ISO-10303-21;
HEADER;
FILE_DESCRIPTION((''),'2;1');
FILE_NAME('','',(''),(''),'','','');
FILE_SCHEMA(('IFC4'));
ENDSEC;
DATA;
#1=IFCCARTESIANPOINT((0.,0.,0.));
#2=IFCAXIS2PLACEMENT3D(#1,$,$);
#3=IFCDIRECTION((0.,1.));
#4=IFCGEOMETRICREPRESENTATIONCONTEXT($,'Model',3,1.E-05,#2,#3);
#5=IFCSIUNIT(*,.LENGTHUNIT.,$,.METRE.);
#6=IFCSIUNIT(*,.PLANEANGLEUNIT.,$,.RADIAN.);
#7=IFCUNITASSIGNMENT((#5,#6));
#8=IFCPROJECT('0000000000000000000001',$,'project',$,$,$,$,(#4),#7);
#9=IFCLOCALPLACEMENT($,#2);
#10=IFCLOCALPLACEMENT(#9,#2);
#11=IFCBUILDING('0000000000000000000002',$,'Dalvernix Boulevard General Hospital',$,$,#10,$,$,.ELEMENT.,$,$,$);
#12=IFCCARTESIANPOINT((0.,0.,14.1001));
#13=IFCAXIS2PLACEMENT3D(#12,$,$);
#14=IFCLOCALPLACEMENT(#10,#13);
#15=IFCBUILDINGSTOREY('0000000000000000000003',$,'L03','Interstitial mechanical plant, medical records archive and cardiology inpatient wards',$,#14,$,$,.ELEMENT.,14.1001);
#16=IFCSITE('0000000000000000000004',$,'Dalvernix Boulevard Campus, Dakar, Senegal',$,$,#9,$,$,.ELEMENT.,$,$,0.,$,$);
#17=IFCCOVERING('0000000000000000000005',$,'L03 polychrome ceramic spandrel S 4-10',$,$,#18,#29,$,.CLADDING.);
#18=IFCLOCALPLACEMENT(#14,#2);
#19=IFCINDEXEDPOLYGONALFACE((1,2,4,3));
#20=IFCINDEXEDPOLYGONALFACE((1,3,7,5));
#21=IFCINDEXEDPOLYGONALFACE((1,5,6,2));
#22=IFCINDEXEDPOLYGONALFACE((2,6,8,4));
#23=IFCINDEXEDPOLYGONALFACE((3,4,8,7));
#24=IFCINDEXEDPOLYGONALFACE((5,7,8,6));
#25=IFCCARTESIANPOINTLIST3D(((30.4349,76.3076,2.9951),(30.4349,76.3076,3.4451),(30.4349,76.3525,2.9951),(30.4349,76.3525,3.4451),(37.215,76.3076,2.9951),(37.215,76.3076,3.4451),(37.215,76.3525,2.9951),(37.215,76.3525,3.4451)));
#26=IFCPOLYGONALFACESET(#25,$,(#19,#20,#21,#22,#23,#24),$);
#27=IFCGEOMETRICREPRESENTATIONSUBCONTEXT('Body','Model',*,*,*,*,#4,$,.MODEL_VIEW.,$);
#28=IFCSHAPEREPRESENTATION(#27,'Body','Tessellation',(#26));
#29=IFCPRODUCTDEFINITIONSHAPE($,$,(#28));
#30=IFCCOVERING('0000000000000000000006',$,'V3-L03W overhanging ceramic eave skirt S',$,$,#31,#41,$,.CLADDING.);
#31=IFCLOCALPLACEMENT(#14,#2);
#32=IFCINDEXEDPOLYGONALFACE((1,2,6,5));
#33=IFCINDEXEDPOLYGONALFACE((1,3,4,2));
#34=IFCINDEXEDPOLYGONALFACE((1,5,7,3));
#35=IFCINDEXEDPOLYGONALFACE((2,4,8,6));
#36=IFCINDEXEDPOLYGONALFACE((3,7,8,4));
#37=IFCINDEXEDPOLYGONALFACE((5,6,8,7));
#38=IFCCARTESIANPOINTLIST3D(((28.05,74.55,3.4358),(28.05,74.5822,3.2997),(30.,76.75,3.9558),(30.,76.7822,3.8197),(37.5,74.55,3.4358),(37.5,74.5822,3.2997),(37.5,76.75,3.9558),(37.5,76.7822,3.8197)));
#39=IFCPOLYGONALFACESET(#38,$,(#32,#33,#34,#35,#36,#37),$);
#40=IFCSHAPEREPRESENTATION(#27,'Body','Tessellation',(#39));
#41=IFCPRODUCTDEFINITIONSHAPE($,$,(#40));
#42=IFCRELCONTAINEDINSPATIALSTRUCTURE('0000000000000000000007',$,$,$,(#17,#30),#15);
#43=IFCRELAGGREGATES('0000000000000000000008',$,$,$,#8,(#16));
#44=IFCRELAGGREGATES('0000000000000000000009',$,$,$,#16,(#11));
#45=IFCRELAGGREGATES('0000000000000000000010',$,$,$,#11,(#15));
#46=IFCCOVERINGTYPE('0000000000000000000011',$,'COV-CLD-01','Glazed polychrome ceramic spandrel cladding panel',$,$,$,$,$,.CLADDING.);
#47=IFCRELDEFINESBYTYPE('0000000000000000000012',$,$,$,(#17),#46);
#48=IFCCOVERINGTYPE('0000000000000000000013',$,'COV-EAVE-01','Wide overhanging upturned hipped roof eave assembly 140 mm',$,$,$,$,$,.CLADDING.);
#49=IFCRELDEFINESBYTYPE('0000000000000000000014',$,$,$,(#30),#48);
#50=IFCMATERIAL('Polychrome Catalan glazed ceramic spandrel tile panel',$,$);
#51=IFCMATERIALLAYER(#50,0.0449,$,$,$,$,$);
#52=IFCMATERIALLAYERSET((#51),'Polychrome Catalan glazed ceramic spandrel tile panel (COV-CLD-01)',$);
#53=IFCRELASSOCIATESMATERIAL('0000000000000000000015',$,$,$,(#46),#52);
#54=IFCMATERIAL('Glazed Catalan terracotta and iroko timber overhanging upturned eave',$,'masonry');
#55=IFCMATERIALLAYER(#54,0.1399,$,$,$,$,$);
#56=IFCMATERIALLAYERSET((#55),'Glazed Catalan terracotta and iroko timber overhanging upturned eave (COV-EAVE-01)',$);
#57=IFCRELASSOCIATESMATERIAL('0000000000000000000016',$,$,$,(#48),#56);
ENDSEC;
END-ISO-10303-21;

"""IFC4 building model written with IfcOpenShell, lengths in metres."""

from ifc_helpers import new_model, si_unit, direction, frame, origin, origin_2d, place, context, subcontext, project, spatial, polyline, rectangle, outline, extrude, material, layer, layer_set, type_object, element, save


model = new_model("IFC4")

# Units and contexts
model_context = context("Model", 3, precision=1e-05, world=origin(), true_north=direction((0.0, 1.0)))
body_context = subcontext(model_context, "Body", "Model", "MODEL_VIEW")
ifc_project = project(units=[si_unit("LENGTHUNIT", "METRE"), si_unit("PLANEANGLEUNIT", "RADIAN")], contexts=[model_context])

# Site, building, storey
site_placement = place(None, origin())
site = spatial("IfcSite", under=ifc_project, at=site_placement, Name="Dalvernix Boulevard Campus, Dakar, Senegal", CompositionType="ELEMENT", RefElevation=0.0)
building_placement = place(site_placement, origin())
building = spatial("IfcBuilding", under=site, at=building_placement, Name="Dalvernix Boulevard General Hospital", CompositionType="ELEMENT")
storey_placement = place(building_placement, frame((0.0, 0.0, 14.1001)))
storey = spatial("IfcBuildingStorey", under=building, at=storey_placement, Name="L03", Description="Interstitial mechanical plant, medical records archive and cardiology inpatient wards", CompositionType="ELEMENT", Elevation=14.1001)

# Coverings
ifc_material_1 = material(Name="Polychrome Catalan glazed ceramic spandrel tile panel")
ifc_layer_1 = layer(ifc_material_1, 0.0449)
ifc_layer_set_1 = layer_set([ifc_layer_1], Name="Polychrome Catalan glazed ceramic spandrel tile panel (COV-CLD-01)")
covering_type_1 = type_object("IfcCoveringType", Name="COV-CLD-01", Description="Glazed polychrome ceramic spandrel cladding panel", PredefinedType="CLADDING", material=ifc_layer_set_1)
covering_1_placement = place(storey_placement, frame((33.825, 76.3301, 2.9951), z_axis=(0.0, 0.0, 1.0), x_axis=(-1.0, 0.0, 0.0)))
element("IfcCovering", 1, at=covering_1_placement, inside=storey, type_object=covering_type_1, Name="L03 polychrome ceramic spandrel S 4-10", PredefinedType="CLADDING", context=body_context, shape_type="SweptSolid", body=[
    extrude(rectangle(XDim=6.78, YDim=0.0449, at=origin_2d()), origin(), (0.0, 0.0, 1.0), 0.45),
])
ifc_material_2 = material(Name="Glazed Catalan terracotta and iroko timber overhanging upturned eave", Category="masonry")
ifc_layer_2 = layer(ifc_material_2, 0.1399)
ifc_layer_set_2 = layer_set([ifc_layer_2], Name="Glazed Catalan terracotta and iroko timber overhanging upturned eave (COV-EAVE-01)")
covering_type_2 = type_object("IfcCoveringType", Name="COV-EAVE-01", Description="Wide overhanging upturned hipped roof eave assembly 140 mm", PredefinedType="CLADDING", material=ifc_layer_set_2)
covering_2_placement = place(storey_placement, frame((30.0, 76.75, 3.9558), z_axis=(0.0, -0.230038, 0.973182), x_axis=(1.0, 0.0, 0.0)))
element("IfcCovering", 2, at=covering_2_placement, inside=storey, type_object=covering_type_2, Name="V3-L03W overhanging ceramic eave skirt S", PredefinedType="CLADDING", context=body_context, shape_type="SweptSolid", body=[
    extrude(outline(polyline([(0.0, 0.0), (7.5, 0.0), (7.5, -2.2606), (-1.95, -2.2606), (0.0, 0.0)])), origin(), (0.0, 0.0, -1.0), 0.1399),
])

save(model, "model.ifc")
